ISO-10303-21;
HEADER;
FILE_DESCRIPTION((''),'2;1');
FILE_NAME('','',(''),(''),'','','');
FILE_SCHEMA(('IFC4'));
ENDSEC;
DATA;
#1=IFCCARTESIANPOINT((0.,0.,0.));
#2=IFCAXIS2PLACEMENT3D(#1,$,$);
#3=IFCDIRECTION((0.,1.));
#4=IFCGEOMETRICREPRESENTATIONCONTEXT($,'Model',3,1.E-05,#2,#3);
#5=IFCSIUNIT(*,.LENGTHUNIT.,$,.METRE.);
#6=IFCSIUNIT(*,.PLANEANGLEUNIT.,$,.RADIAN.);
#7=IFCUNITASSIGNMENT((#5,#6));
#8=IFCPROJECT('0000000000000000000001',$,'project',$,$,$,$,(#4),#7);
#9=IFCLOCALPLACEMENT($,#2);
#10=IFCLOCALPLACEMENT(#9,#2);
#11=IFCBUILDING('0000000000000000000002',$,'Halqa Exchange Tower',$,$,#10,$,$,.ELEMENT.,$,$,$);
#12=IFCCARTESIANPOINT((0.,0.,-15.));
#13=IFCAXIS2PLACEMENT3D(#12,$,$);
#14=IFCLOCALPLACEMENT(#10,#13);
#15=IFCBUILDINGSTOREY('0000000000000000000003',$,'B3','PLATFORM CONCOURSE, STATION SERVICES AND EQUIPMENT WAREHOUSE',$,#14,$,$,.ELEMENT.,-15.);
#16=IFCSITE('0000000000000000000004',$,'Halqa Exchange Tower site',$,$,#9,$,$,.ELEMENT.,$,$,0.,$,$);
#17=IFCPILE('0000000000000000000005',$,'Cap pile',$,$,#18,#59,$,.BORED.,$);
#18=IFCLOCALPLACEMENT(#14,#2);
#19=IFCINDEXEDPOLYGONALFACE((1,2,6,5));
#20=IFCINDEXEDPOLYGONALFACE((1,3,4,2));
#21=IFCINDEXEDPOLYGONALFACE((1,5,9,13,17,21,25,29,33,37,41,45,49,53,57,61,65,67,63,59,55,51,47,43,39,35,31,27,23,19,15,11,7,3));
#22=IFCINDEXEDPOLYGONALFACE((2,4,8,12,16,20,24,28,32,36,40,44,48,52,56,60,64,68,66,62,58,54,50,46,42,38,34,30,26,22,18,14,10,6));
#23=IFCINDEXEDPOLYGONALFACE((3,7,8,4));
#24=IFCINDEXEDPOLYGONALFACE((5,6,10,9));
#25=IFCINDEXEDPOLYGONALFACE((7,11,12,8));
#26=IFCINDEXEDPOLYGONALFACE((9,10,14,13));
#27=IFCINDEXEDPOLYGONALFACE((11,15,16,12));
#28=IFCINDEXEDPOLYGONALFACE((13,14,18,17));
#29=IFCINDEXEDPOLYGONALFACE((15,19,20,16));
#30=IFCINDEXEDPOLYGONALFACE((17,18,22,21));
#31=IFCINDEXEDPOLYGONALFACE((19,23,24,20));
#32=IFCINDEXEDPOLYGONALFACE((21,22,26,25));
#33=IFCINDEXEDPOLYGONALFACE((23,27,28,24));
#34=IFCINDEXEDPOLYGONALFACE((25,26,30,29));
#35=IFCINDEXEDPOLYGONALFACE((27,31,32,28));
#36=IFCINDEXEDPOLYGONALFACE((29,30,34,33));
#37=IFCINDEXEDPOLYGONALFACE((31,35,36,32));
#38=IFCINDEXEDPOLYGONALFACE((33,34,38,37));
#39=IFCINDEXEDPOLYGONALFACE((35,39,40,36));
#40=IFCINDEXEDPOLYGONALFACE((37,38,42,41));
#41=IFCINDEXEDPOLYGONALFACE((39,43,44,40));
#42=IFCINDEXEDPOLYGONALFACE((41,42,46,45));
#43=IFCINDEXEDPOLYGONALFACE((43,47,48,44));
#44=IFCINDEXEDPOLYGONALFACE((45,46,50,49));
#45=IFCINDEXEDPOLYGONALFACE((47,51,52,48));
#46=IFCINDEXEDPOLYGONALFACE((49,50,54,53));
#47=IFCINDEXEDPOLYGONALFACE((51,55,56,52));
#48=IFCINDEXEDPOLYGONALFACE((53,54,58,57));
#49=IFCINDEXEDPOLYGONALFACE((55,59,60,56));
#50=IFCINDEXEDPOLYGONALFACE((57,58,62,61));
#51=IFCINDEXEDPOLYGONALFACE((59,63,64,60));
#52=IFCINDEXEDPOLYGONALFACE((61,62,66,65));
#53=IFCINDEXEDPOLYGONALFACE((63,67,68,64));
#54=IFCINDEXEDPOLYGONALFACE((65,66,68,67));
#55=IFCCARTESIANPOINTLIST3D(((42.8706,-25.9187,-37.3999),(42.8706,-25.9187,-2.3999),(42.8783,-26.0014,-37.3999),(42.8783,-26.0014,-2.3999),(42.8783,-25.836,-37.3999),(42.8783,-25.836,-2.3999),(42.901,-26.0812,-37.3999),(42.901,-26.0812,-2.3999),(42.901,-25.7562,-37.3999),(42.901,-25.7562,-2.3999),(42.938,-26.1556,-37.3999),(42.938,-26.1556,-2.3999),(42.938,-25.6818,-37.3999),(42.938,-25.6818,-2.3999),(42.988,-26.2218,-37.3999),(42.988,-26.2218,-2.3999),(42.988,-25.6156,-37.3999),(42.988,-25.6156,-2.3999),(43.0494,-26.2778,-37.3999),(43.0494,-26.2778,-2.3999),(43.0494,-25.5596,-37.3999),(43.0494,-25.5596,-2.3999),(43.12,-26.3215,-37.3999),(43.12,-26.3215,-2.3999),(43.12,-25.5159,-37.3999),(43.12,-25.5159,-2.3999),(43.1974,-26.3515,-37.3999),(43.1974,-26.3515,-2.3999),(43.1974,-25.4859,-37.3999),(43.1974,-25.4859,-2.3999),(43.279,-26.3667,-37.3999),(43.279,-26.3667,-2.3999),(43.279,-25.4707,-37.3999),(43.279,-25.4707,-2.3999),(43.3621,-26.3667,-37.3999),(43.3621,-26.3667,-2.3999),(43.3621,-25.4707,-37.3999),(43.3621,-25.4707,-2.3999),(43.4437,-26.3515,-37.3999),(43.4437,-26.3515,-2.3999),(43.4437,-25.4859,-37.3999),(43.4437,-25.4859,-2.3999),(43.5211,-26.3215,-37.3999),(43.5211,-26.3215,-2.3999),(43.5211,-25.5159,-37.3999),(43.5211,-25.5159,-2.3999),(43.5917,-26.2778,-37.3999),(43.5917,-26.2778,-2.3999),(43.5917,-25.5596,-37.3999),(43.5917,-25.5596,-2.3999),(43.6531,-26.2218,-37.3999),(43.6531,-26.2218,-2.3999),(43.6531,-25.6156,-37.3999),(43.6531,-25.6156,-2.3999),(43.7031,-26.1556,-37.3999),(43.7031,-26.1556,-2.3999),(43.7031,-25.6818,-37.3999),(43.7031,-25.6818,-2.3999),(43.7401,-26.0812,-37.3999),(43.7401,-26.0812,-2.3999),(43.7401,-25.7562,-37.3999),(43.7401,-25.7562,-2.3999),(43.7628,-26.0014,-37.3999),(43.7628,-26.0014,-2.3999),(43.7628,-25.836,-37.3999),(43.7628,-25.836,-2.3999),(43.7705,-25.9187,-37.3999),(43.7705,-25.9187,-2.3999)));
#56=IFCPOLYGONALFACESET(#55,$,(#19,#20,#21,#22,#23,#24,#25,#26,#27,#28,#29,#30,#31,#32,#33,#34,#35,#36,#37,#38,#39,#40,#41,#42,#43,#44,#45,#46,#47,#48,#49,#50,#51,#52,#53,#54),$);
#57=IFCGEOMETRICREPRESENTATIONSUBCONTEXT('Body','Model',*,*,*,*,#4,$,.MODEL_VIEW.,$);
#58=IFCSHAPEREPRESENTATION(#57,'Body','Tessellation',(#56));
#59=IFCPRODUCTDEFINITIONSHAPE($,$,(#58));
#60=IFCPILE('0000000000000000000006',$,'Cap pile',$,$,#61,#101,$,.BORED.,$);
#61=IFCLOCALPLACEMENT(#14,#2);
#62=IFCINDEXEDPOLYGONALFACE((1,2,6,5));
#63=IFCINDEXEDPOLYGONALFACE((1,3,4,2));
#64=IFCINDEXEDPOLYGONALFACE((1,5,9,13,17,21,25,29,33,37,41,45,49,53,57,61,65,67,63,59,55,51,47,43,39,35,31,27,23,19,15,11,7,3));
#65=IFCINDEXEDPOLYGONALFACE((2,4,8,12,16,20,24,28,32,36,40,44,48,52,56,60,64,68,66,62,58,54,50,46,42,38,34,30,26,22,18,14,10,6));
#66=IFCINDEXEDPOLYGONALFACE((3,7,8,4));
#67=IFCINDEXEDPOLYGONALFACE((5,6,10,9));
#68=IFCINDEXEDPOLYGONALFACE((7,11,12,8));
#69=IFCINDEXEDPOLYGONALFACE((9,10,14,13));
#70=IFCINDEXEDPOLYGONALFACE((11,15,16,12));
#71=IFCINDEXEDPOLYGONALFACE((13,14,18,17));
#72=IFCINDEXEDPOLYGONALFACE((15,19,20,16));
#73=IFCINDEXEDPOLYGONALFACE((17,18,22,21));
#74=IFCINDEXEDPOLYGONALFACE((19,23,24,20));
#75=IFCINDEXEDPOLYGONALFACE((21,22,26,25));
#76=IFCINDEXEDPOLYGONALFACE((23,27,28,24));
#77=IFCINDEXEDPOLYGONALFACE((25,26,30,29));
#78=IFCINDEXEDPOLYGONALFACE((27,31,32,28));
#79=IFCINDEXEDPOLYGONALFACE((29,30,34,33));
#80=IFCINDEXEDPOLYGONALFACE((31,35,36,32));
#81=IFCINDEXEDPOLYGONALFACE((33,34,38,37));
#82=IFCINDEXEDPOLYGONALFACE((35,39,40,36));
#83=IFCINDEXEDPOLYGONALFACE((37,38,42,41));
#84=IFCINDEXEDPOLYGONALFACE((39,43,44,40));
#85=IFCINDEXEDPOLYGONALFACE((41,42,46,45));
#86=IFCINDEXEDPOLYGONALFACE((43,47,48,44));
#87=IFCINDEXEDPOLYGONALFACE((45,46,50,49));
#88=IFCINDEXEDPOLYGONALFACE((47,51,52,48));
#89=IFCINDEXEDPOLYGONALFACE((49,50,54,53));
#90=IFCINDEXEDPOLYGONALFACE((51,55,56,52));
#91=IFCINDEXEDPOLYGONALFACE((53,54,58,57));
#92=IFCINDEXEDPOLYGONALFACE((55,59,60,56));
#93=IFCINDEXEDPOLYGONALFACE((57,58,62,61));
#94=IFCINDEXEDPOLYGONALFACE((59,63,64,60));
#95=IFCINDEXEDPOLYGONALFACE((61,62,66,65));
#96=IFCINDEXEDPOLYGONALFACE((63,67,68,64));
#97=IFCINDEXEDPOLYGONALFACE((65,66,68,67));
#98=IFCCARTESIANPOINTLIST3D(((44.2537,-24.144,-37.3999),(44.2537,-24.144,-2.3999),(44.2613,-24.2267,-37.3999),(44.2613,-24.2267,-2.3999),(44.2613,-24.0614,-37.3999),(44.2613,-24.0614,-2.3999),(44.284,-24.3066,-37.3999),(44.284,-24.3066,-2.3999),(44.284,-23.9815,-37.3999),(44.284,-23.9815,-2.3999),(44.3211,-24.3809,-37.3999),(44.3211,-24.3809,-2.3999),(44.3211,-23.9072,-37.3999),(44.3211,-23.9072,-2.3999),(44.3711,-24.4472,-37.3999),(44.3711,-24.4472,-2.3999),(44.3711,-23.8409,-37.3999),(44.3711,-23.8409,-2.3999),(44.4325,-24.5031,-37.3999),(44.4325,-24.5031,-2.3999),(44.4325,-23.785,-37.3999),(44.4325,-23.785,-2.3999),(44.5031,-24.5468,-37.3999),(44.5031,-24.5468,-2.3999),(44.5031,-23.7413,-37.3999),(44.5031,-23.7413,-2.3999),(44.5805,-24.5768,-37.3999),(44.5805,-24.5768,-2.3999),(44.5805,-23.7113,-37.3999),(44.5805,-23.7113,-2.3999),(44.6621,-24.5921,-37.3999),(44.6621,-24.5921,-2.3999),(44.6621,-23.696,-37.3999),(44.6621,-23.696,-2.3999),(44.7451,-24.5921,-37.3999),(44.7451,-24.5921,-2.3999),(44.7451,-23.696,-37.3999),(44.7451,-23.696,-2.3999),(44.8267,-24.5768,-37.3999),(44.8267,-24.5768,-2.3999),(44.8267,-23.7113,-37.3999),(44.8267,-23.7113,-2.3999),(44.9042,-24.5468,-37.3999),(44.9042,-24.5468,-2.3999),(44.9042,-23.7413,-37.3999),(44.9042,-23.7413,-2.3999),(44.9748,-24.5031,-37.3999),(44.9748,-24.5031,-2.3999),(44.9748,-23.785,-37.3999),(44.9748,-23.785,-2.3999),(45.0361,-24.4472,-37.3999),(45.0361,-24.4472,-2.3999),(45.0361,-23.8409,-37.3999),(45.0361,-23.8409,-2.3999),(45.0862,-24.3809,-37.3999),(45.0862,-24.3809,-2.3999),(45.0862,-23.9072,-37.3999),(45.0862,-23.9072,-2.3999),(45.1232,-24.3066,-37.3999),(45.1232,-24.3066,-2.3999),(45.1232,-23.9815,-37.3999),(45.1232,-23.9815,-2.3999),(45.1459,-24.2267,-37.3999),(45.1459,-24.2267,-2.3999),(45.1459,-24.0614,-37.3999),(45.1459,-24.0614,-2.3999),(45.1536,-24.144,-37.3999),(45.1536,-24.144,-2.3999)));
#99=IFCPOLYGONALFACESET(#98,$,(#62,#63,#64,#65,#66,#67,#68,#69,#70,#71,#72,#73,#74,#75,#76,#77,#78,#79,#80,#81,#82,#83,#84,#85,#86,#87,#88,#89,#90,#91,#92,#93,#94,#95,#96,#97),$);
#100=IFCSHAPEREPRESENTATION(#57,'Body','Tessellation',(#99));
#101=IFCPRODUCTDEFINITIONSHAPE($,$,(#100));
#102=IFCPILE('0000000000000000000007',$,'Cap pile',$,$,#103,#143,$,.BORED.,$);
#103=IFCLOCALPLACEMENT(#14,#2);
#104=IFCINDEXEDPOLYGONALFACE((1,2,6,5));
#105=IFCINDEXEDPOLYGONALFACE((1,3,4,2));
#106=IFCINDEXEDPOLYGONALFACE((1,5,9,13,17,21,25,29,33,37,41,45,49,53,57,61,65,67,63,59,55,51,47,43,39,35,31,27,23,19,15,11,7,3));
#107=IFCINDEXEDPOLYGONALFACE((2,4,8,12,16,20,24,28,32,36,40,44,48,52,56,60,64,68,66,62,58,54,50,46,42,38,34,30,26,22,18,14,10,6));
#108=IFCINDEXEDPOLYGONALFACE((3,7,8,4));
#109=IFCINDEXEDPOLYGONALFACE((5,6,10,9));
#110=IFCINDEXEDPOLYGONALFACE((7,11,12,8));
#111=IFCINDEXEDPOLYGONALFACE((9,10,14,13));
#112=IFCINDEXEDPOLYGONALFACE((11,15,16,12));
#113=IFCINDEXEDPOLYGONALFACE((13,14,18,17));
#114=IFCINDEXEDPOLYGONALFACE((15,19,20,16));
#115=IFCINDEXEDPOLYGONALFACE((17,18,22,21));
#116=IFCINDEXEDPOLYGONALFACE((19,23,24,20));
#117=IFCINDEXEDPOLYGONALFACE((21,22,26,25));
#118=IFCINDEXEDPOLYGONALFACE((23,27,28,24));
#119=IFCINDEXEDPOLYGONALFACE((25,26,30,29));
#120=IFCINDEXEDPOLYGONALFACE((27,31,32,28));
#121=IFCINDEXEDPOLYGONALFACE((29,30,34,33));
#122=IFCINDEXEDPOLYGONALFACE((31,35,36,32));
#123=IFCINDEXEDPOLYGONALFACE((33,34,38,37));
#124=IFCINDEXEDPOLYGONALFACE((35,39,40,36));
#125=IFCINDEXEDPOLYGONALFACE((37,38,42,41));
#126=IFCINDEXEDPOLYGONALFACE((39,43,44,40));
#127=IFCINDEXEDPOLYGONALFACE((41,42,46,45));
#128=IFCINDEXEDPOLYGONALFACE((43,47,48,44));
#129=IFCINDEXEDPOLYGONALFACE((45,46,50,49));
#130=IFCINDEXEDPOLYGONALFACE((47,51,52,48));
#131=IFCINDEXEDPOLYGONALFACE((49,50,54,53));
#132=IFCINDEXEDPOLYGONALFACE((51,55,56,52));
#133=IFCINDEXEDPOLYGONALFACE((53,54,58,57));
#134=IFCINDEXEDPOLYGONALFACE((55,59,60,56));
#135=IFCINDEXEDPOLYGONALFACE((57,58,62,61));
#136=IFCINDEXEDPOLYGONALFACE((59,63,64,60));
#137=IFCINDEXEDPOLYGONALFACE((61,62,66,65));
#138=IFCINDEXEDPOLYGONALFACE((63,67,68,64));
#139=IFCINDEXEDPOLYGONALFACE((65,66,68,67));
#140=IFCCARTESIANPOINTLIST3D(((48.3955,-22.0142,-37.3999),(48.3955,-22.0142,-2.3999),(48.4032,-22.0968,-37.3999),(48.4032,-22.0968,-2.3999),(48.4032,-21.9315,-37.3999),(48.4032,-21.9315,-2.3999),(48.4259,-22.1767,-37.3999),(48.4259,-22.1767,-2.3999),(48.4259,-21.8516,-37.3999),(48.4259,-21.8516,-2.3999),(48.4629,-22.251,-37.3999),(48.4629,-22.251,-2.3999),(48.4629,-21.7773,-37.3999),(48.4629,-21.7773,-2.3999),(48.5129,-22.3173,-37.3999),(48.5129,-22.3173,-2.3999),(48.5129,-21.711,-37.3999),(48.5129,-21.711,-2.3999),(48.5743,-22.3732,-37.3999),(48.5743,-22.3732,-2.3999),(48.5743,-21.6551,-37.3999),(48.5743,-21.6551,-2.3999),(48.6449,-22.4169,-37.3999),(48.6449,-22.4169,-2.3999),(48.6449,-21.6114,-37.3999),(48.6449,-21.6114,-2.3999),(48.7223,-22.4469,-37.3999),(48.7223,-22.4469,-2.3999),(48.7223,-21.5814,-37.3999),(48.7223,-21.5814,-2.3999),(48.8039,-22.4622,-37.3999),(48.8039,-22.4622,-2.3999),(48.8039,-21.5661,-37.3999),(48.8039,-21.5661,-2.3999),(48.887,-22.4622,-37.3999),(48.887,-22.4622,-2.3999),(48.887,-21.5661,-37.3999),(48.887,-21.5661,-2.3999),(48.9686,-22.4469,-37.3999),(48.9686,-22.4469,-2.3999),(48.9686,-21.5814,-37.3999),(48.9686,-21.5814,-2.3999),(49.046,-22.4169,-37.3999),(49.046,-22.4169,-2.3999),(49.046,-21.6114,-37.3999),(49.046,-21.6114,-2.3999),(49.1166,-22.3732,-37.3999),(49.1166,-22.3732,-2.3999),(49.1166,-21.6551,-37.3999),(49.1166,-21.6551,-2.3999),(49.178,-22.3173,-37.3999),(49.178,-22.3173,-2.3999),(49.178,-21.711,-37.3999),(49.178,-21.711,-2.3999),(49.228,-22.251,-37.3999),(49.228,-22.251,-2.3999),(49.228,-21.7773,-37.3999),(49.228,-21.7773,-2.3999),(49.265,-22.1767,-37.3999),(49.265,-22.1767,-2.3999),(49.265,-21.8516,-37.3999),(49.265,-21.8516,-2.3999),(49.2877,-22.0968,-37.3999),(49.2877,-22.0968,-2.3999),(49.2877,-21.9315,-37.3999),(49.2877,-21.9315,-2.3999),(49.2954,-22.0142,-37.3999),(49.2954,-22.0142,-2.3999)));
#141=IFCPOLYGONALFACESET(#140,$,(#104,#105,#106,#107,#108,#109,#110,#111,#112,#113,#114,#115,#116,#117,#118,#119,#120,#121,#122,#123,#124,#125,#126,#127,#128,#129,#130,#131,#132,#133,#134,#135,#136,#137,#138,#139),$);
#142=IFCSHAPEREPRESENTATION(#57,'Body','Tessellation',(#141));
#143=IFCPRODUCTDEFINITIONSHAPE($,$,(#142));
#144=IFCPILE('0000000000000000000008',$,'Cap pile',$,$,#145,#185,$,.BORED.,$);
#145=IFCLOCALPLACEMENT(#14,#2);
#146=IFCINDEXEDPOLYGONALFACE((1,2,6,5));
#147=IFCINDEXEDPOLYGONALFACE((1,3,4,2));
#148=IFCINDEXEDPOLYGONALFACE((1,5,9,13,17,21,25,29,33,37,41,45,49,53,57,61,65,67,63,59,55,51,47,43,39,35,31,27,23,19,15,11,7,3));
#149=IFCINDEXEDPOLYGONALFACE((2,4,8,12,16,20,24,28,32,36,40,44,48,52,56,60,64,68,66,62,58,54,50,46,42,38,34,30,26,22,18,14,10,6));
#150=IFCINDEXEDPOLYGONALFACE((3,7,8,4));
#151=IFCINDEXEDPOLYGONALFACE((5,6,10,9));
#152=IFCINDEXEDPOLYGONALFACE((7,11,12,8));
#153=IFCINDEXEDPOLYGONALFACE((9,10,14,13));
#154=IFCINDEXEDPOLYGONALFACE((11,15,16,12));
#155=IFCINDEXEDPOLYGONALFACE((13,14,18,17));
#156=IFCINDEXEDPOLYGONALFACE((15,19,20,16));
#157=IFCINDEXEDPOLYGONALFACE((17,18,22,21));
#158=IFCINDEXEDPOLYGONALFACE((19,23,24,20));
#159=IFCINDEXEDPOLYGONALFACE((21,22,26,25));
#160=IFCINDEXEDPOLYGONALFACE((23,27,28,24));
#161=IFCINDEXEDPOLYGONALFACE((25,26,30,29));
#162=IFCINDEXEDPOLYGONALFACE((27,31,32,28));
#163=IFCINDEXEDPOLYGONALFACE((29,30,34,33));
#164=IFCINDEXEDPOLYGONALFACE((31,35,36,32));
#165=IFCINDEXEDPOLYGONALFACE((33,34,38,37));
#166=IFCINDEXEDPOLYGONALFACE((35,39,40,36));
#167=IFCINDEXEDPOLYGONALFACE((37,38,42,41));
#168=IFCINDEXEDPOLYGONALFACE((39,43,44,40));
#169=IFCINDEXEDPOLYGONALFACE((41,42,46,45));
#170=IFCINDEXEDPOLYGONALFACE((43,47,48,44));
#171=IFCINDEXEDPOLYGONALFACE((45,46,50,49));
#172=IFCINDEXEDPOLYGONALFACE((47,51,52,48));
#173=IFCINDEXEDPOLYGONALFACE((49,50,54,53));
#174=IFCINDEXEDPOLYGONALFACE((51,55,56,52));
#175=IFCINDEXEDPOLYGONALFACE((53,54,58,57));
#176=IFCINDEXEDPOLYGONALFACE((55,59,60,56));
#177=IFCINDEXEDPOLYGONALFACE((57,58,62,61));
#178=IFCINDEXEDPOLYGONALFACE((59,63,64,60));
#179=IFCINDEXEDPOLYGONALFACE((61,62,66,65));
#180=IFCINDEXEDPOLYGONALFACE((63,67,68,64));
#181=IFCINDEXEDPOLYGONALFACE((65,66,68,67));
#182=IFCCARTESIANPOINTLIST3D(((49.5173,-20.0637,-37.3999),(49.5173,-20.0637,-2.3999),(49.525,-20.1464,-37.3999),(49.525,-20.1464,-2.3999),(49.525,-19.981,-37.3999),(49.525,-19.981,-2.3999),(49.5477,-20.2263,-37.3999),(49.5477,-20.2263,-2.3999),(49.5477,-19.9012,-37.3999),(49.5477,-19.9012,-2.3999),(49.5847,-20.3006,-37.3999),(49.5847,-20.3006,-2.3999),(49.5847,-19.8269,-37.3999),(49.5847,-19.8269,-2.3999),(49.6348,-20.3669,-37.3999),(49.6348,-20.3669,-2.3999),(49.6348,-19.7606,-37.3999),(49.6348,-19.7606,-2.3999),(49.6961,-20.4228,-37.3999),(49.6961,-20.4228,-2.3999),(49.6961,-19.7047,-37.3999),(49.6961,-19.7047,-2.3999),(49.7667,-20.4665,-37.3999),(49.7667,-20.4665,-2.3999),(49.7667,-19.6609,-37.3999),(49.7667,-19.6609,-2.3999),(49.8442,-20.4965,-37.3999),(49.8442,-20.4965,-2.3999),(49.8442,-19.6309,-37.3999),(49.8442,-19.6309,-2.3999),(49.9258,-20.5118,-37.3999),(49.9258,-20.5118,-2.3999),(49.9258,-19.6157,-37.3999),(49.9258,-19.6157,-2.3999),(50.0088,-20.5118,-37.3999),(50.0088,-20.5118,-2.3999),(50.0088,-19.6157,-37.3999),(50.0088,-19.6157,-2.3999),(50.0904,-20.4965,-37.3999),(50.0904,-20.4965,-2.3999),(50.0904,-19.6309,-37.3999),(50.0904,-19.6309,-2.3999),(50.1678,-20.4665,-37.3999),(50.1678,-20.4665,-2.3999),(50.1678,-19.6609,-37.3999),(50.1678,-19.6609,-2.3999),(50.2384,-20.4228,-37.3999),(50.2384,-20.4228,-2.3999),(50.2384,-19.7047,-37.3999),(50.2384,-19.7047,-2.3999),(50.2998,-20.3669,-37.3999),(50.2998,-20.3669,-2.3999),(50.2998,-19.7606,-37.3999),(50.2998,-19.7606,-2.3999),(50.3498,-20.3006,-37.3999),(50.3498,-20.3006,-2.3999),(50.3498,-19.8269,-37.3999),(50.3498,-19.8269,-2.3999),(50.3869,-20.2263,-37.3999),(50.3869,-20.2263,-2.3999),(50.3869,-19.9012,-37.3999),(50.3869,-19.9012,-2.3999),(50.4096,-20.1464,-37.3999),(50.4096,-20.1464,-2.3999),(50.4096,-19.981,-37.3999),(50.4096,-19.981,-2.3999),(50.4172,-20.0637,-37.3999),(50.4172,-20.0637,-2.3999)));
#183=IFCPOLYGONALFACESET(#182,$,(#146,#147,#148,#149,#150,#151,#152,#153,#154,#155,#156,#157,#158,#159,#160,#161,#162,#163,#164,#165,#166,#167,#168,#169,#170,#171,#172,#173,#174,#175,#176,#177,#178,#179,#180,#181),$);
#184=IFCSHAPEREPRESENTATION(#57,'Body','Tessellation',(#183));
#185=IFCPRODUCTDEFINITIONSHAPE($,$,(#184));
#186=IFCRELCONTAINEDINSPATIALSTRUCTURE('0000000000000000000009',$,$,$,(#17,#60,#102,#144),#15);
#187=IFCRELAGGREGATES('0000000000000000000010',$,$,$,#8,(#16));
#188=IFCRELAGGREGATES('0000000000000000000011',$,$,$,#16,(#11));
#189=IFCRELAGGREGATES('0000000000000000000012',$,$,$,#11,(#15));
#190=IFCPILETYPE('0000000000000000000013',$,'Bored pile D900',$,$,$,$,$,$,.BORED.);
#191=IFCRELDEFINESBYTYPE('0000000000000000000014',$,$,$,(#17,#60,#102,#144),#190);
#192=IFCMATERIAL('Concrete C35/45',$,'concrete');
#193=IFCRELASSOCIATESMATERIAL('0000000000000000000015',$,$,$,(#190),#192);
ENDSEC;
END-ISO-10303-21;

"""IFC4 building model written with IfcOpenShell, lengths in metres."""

from ifc_helpers import new_model, si_unit, direction, frame, origin, origin_2d, place, context, subcontext, project, spatial, circle, extrude, material, material_profile, profile_set, type_object, element, save


model = new_model("IFC4")

# Units and contexts
model_context = context("Model", 3, precision=1e-05, world=origin(), true_north=direction((0.0, 1.0)))
body_context = subcontext(model_context, "Body", "Model", "MODEL_VIEW")
ifc_project = project(units=[si_unit("LENGTHUNIT", "METRE"), si_unit("PLANEANGLEUNIT", "RADIAN")], contexts=[model_context])

# Site, building, storey
site_placement = place(None, origin())
site = spatial("IfcSite", under=ifc_project, at=site_placement, Name="Halqa Exchange Tower site", CompositionType="ELEMENT", RefElevation=0.0)
building_placement = place(site_placement, origin())
building = spatial("IfcBuilding", under=site, at=building_placement, Name="Halqa Exchange Tower", CompositionType="ELEMENT")
storey_placement = place(building_placement, frame((0.0, 0.0, -15.0)))
storey = spatial("IfcBuildingStorey", under=building, at=storey_placement, Name="B3", Description="PLATFORM CONCOURSE, STATION SERVICES AND EQUIPMENT WAREHOUSE", CompositionType="ELEMENT", Elevation=-15.0)

# Piles
ifc_material_1 = material(Name="Concrete C35/45", Category="concrete")
ifc_material_profile_1 = material_profile(ifc_material_1, circle(Radius=0.45, at=origin_2d()), Name="D900")
ifc_profile_set_1 = profile_set([ifc_material_profile_1], Name="Concrete C35/45")
pile_type = type_object("IfcPileType", Name="Bored pile D900", PredefinedType="BORED", material=ifc_profile_set_1)
for number, where, z_axis, x_axis, name in (
    (1, (43.3206, -25.9187, -2.3999), (0.0, 0.0, -1.0), (1.0, 0.0, 0.0), "Cap pile"),
    (2, (44.7036, -24.144, -2.3999), (0.0, 0.0, -1.0), (1.0, 0.0, 0.0), "Cap pile"),
    (3, (48.8455, -22.0142, -2.3999), (0.0, 0.0, -1.0), (1.0, 0.0, 0.0), "Cap pile"),
    (4, (49.9673, -20.0637, -2.3999), (0.0, 0.0, -1.0), (1.0, 0.0, 0.0), "Cap pile"),
):
    element("IfcPile", number, at=place(storey_placement, frame(where, z_axis=z_axis, x_axis=x_axis)), inside=storey, type_object=pile_type, Name=name, PredefinedType="BORED", context=body_context, shape_type="SweptSolid", body=[
        extrude(circle(Radius=0.45, at=origin_2d()), origin(), (0.0, 0.0, 1.0), 35.0),
    ])

save(model, "model.ifc")
